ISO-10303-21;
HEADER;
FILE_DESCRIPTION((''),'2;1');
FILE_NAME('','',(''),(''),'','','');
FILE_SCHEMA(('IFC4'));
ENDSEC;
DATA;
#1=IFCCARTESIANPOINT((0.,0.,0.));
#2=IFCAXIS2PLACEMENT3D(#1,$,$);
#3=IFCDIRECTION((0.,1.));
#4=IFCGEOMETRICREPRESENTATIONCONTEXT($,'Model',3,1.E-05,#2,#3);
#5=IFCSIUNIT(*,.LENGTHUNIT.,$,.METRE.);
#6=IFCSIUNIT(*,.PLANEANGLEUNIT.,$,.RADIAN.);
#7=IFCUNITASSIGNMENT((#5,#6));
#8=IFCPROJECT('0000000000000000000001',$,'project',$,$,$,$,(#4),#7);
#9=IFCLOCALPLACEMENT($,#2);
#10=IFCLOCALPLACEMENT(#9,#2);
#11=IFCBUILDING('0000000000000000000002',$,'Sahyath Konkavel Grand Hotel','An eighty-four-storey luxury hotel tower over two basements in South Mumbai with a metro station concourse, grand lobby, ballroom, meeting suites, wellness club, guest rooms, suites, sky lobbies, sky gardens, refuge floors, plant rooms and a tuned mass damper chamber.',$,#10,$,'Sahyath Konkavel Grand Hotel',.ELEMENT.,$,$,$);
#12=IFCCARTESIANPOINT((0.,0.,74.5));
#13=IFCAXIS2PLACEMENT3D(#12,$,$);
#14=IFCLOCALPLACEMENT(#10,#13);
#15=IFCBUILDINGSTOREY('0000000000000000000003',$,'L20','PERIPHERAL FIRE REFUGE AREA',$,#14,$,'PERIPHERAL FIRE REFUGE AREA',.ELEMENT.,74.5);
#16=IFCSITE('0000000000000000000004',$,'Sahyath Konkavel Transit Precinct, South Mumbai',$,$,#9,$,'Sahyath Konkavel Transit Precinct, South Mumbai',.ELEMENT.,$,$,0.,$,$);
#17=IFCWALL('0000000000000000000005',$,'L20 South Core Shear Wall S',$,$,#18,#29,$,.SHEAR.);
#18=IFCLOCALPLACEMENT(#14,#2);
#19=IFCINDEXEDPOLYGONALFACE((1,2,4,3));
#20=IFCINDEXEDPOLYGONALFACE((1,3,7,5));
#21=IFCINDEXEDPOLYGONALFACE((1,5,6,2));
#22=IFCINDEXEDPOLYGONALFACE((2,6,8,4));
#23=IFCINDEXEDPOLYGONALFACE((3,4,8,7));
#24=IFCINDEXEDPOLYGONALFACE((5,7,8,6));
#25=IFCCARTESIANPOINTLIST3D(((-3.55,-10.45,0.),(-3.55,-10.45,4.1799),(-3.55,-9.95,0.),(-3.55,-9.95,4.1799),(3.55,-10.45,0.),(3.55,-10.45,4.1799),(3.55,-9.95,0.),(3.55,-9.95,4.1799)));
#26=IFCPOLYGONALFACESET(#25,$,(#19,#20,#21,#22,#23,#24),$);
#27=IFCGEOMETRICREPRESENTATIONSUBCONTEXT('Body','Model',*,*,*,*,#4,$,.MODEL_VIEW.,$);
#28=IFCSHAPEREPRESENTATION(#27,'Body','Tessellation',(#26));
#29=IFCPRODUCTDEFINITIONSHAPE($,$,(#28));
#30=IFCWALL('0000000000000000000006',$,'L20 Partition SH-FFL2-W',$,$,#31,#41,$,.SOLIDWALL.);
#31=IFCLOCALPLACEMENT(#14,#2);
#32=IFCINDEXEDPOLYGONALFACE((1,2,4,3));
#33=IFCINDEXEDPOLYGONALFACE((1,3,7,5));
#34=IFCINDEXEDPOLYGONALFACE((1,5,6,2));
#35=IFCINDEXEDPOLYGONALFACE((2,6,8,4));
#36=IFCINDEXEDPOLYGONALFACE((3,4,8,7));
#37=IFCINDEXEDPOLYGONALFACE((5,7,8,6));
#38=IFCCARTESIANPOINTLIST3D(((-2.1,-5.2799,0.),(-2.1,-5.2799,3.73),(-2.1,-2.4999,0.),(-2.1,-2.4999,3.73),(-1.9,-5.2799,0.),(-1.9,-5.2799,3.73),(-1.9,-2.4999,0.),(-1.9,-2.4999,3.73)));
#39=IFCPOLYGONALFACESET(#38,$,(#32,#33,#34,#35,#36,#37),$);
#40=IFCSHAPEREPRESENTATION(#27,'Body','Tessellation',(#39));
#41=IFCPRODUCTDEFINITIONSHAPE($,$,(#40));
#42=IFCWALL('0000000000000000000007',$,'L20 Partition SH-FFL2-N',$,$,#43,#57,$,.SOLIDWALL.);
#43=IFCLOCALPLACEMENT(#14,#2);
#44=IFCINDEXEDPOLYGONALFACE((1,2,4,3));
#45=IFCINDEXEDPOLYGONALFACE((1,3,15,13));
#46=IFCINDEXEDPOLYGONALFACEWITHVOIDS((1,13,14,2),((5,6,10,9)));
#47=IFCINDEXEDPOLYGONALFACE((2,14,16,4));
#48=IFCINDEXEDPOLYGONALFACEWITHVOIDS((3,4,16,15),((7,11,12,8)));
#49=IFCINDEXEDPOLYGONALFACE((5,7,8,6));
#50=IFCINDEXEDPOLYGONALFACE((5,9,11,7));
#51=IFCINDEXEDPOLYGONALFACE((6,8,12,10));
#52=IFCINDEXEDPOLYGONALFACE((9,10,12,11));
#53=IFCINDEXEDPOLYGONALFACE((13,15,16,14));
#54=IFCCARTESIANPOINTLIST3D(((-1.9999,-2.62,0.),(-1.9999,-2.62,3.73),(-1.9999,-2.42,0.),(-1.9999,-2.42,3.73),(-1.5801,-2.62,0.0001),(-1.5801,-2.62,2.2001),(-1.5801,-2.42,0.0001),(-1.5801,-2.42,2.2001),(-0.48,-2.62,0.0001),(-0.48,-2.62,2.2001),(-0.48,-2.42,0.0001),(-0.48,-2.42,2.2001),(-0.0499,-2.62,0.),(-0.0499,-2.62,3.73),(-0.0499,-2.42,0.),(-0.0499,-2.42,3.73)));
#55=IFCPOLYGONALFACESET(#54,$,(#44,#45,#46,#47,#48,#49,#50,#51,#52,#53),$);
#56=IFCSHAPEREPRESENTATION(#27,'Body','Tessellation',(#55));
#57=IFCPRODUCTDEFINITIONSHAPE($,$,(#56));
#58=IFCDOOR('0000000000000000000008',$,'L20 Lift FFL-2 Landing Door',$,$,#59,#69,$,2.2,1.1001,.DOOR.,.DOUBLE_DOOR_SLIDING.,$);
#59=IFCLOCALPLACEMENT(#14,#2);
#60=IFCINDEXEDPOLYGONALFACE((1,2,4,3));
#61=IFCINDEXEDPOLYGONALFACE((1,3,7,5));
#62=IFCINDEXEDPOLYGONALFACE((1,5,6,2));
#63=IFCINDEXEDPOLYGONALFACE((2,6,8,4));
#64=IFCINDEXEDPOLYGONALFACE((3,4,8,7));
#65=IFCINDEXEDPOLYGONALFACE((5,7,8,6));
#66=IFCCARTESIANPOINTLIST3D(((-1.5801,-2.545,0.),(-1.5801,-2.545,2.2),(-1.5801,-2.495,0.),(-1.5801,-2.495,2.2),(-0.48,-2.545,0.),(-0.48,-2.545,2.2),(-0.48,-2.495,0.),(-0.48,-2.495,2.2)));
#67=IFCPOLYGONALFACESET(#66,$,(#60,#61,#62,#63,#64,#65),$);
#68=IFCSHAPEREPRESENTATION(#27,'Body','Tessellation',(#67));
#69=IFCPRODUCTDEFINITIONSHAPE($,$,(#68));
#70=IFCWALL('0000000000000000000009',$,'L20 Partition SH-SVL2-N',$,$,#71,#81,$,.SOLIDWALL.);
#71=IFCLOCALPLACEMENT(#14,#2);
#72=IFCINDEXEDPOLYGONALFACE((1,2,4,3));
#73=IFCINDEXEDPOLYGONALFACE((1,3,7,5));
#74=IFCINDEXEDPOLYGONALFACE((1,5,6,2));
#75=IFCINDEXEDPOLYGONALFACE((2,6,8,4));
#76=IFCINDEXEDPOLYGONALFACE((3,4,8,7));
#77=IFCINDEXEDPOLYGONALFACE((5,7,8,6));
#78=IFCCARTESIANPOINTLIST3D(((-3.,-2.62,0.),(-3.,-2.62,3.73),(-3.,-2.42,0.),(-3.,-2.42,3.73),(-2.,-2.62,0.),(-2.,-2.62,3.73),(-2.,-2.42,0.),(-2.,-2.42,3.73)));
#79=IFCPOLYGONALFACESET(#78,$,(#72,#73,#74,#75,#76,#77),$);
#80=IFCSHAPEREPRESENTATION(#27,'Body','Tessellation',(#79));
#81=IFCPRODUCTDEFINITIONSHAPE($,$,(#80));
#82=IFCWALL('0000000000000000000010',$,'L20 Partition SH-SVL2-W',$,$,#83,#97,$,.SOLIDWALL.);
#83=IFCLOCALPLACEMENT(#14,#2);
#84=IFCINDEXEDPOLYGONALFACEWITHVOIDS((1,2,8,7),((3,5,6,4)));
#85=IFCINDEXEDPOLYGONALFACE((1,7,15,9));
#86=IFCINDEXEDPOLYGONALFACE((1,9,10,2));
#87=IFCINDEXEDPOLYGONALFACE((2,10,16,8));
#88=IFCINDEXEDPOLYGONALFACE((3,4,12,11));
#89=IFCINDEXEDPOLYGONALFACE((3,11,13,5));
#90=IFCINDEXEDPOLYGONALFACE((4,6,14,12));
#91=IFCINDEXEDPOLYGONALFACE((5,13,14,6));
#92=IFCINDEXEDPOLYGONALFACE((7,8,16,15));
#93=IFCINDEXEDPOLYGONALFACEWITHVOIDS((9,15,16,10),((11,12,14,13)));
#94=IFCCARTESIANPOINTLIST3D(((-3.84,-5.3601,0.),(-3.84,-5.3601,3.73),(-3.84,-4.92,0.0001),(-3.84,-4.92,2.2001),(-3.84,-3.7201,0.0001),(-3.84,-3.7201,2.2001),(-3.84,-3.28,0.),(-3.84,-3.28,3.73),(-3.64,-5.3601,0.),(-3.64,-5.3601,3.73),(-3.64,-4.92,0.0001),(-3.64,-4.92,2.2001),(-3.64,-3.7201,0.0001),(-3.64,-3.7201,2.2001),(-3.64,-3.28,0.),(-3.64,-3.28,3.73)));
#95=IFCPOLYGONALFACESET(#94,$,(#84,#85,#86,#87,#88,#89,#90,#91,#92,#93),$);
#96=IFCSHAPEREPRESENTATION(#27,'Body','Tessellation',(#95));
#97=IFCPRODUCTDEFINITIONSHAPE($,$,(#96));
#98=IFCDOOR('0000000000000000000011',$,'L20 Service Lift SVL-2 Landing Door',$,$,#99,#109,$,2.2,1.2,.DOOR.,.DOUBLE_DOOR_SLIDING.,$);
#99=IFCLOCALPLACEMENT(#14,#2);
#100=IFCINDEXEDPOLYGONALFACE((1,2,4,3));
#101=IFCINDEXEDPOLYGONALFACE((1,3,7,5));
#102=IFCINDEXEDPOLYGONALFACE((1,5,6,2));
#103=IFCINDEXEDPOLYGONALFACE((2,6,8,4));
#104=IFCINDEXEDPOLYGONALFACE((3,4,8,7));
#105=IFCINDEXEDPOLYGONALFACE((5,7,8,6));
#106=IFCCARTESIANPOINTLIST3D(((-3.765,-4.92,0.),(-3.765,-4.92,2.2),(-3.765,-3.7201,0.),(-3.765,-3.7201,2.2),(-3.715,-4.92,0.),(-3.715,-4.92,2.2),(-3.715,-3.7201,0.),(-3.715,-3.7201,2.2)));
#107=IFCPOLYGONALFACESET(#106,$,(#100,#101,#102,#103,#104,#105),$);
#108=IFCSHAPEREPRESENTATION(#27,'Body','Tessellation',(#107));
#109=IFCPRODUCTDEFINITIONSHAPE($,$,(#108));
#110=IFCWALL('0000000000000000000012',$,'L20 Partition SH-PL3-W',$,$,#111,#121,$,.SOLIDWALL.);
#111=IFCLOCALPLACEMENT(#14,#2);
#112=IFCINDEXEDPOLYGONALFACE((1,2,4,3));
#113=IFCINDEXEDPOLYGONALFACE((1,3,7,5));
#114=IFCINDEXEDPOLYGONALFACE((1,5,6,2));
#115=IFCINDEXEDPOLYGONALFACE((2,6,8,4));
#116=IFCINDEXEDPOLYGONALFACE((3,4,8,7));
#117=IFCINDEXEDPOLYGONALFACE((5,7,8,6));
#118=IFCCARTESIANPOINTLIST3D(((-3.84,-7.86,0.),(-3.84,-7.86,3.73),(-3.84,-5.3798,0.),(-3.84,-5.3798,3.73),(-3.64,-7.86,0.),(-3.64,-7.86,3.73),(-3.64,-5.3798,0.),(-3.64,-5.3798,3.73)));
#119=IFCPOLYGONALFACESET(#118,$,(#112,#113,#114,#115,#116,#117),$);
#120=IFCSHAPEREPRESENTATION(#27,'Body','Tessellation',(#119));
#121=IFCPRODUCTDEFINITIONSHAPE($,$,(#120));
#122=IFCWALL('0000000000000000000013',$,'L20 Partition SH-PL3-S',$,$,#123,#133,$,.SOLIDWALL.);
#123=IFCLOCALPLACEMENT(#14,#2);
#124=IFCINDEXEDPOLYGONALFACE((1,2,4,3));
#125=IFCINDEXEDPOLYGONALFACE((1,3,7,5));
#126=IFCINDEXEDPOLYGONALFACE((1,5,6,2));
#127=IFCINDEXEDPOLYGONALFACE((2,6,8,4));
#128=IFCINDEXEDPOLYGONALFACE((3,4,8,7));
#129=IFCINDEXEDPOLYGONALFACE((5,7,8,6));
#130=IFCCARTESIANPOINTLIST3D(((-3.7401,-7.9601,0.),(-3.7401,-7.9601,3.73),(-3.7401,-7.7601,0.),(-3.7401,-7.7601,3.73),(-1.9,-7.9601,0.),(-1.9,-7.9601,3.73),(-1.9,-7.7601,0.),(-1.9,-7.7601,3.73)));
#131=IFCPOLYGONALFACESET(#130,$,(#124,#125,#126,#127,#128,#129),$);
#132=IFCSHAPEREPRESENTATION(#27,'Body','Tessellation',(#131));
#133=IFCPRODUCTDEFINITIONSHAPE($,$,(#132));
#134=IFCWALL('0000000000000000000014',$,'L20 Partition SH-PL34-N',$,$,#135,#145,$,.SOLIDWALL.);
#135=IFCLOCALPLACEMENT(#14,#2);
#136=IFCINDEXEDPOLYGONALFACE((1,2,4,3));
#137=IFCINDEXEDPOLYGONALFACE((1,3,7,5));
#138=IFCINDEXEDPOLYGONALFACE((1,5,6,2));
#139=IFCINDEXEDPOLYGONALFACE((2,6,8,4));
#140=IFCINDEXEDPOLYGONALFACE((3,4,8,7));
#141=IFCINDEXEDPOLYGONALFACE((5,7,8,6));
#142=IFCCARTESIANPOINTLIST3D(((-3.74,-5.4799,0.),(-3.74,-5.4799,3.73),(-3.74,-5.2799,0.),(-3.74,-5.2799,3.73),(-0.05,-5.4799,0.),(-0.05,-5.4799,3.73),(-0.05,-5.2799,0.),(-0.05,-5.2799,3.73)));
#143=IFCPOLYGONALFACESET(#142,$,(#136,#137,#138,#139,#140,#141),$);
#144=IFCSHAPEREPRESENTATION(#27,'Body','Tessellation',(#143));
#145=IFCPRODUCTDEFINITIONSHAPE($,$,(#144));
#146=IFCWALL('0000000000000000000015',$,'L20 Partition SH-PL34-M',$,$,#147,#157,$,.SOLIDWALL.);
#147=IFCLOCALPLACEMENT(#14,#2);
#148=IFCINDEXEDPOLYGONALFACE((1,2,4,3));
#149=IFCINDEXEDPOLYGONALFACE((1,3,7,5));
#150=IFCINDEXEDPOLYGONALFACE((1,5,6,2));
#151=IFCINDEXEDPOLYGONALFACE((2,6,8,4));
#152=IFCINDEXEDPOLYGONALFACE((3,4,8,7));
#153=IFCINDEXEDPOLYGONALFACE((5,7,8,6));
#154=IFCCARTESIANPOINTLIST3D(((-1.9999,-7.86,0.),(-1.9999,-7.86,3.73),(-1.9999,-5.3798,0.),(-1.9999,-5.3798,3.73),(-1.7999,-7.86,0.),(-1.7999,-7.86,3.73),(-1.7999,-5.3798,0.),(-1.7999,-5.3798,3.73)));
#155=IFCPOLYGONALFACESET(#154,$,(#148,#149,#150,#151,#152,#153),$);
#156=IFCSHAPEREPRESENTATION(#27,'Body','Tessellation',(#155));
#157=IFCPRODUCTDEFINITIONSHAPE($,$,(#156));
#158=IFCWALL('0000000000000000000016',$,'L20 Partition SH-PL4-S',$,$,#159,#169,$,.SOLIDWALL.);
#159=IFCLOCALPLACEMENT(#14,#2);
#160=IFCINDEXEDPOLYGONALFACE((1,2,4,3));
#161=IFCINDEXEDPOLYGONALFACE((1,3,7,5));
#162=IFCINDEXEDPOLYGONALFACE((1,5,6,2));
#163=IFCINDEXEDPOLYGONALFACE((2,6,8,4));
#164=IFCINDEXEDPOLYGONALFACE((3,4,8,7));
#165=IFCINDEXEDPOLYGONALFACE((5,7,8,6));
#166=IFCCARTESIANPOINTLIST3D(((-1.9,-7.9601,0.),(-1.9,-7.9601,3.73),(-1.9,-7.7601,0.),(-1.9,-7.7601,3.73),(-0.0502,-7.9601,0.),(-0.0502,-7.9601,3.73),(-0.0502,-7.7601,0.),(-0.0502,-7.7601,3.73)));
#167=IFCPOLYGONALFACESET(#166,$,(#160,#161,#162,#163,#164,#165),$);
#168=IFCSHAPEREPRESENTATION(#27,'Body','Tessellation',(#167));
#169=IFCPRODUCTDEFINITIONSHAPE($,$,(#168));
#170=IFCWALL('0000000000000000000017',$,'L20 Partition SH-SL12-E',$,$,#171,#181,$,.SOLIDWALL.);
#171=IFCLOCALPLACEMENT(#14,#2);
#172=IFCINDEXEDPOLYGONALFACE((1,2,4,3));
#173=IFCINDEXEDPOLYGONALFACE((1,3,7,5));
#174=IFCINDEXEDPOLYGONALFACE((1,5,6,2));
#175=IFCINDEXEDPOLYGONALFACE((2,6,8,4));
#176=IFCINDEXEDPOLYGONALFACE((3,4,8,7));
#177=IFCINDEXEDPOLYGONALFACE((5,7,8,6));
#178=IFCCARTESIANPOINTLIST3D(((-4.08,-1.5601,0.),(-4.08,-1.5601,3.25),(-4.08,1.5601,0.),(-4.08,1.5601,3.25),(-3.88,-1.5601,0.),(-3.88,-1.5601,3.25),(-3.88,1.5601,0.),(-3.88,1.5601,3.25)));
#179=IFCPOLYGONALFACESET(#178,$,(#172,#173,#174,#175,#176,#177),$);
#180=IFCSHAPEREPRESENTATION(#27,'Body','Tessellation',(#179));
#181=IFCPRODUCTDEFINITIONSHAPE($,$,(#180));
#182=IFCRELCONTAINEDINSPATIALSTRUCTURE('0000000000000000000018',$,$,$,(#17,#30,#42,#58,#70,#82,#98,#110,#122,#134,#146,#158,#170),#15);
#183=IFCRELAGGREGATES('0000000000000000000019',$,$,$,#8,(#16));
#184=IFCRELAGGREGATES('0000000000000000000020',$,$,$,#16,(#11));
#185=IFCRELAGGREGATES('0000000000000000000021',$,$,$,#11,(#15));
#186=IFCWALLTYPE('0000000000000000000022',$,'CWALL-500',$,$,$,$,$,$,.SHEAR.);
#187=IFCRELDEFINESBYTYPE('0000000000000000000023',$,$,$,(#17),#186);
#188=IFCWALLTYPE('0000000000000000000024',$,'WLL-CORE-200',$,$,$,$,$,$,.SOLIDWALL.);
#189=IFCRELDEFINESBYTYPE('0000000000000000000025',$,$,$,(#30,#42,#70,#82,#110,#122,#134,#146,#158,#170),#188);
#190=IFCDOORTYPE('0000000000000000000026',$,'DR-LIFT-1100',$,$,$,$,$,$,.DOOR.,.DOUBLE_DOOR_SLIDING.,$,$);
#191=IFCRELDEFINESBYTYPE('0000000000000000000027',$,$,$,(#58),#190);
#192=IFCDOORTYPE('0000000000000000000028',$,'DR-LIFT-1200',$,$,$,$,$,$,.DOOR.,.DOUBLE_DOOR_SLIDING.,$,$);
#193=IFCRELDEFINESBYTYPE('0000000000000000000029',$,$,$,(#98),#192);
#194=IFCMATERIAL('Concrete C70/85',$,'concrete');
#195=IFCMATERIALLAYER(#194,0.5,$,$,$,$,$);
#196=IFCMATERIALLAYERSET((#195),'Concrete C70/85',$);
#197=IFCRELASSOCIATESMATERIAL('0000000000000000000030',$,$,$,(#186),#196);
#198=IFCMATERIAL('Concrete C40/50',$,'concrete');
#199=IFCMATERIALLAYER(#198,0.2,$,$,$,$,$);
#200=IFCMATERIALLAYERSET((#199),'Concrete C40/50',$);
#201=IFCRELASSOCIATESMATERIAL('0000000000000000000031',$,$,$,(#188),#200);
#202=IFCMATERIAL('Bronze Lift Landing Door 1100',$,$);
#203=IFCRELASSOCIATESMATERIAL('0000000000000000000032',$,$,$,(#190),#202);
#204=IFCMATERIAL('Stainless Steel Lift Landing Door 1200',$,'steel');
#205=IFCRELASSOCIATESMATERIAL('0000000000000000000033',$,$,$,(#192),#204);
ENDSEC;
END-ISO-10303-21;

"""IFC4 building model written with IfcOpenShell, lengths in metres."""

from ifc_helpers import new_model, si_unit, direction, frame, frame_2d, origin, origin_2d, place, context, subcontext, project, spatial, rectangle, extrude, source, transform, mapped, material, layer, layer_set, type_object, element, fill, save


model = new_model("IFC4")

# Units and contexts
model_context = context("Model", 3, precision=1e-05, world=origin(), true_north=direction((0.0, 1.0)))
body_context = subcontext(model_context, "Body", "Model", "MODEL_VIEW")
ifc_project = project(units=[si_unit("LENGTHUNIT", "METRE"), si_unit("PLANEANGLEUNIT", "RADIAN")], contexts=[model_context])

# Site, building, storey
site_placement = place(None, origin())
site = spatial("IfcSite", under=ifc_project, at=site_placement, Name="Sahyath Konkavel Transit Precinct, South Mumbai", LongName="Sahyath Konkavel Transit Precinct, South Mumbai", CompositionType="ELEMENT", RefElevation=0.0)
building_placement = place(site_placement, origin())
building = spatial("IfcBuilding", under=site, at=building_placement, Name="Sahyath Konkavel Grand Hotel", Description="An eighty-four-storey luxury hotel tower over two basements in South Mumbai with a metro station concourse, grand lobby, ballroom, meeting suites, wellness club, guest rooms, suites, sky lobbies, sky gardens, refuge floors, plant rooms and a tuned mass damper chamber.", LongName="Sahyath Konkavel Grand Hotel", CompositionType="ELEMENT")
storey_placement = place(building_placement, frame((0.0, 0.0, 74.5)))
storey = spatial("IfcBuildingStorey", under=building, at=storey_placement, Name="L20", Description="PERIPHERAL FIRE REFUGE AREA", LongName="PERIPHERAL FIRE REFUGE AREA", CompositionType="ELEMENT", Elevation=74.5)

# Shared definitions
ifc_material_1 = material(Name="Concrete C70/85", Category="concrete")

# Walls
ifc_layer_1 = layer(ifc_material_1, 0.5)
ifc_layer_set_1 = layer_set([ifc_layer_1], Name="Concrete C70/85")
wall_type_1 = type_object("IfcWallType", Name="CWALL-500", PredefinedType="SHEAR", material=ifc_layer_set_1)
wall_1_placement = place(storey_placement, frame((-3.55, -10.2, 0.0), z_axis=(0.0, 0.0, 1.0), x_axis=(1.0, 0.0, 0.0)))
element("IfcWall", 1, at=wall_1_placement, inside=storey, type_object=wall_type_1, Name="L20 South Core Shear Wall S", PredefinedType="SHEAR", context=body_context, shape_type="SweptSolid", body=[
    extrude(rectangle(XDim=7.1001, YDim=0.5, at=frame_2d((3.55, 0.0))), origin(), (0.0, 0.0, 1.0), 4.1799),
])
ifc_material_2 = material(Name="Concrete C40/50", Category="concrete")
ifc_layer_2 = layer(ifc_material_2, 0.2)
ifc_layer_set_2 = layer_set([ifc_layer_2], Name="Concrete C40/50")
wall_type_2 = type_object("IfcWallType", Name="WLL-CORE-200", PredefinedType="SOLIDWALL", material=ifc_layer_set_2)
wall_2_placement = place(storey_placement, frame((-2.0, -5.28, 0.0), z_axis=(0.0, 0.0, 1.0), x_axis=(0.0, 1.0, 0.0)))
element("IfcWall", 2, at=wall_2_placement, inside=storey, type_object=wall_type_2, Name="L20 Partition SH-FFL2-W", PredefinedType="SOLIDWALL", context=body_context, shape_type="SweptSolid", body=[
    extrude(rectangle(XDim=2.78, YDim=0.2, at=frame_2d((1.3901, 0.0))), origin(), (0.0, 0.0, 1.0), 3.73),
])

# Wall, opening, door
wall_3_placement = place(storey_placement, frame((-2.0, -2.52, 0.0), z_axis=(0.0, 0.0, 1.0), x_axis=(1.0, 0.0, 0.0)))
wall_3 = element("IfcWall", 3, at=wall_3_placement, inside=storey, type_object=wall_type_2, Name="L20 Partition SH-FFL2-N", PredefinedType="SOLIDWALL", context=body_context, shape_type="SweptSolid", body=[
    extrude(rectangle(XDim=1.95, YDim=0.2, at=frame_2d((0.9751, 0.0))), origin(), (0.0, 0.0, 1.0), 3.73),
])
opening_1_placement = place(wall_3_placement, frame((0.4199, 0.0, 0.0)))
opening_1 = element("IfcOpeningElement", 4, at=opening_1_placement, cuts=wall_3, PredefinedType="OPENING", context=body_context, shape_type="SweptSolid", body=[
    extrude(rectangle(XDim=1.1001, YDim=2.2, at=frame_2d((0.55, 1.1001))), frame((0.0, 0.1099, 0.0), z_axis=(0.0, -1.0, 0.0), x_axis=(1.0, 0.0, 0.0)), (0.0, 0.0, 1.0), 0.22),
])
ifc_material_3 = material(Name="Bronze Lift Landing Door 1100")
door_type_1 = type_object("IfcDoorType", Name="DR-LIFT-1100", OperationType="DOUBLE_DOOR_SLIDING", PredefinedType="DOOR", material=ifc_material_3)
shared_shape_1 = source(origin(), body_context, "Body", "SweptSolid", [
    extrude(rectangle(XDim=1.1001, YDim=0.05, at=origin_2d()), origin(), (0.0, 0.0, 1.0), 2.2),
])
door_1_placement = place(opening_1_placement, frame((0.55, 0.0, 0.0)))
door_1 = element("IfcDoor", 5, at=door_1_placement, inside=storey, type_object=door_type_1, Name="L20 Lift FFL-2 Landing Door", OperationType="DOUBLE_DOOR_SLIDING", OverallHeight=2.2, OverallWidth=1.1001, PredefinedType="DOOR", context=body_context, shape_type="MappedRepresentation", body=[
    mapped(shared_shape_1, transform((0.0, 0.0, 0.0), scale=1.0)),
])
fill(opening_1, door_1)

# Wall
wall_4_placement = place(storey_placement, frame((-3.0, -2.52, 0.0), z_axis=(0.0, 0.0, 1.0), x_axis=(1.0, 0.0, 0.0)))
element("IfcWall", 6, at=wall_4_placement, inside=storey, type_object=wall_type_2, Name="L20 Partition SH-SVL2-N", PredefinedType="SOLIDWALL", context=body_context, shape_type="SweptSolid", body=[
    extrude(rectangle(XDim=1.0, YDim=0.2, at=frame_2d((0.5, 0.0))), origin(), (0.0, 0.0, 1.0), 3.73),
])

# Wall, opening, door
wall_5_placement = place(storey_placement, frame((-3.74, -5.3601, 0.0), z_axis=(0.0, 0.0, 1.0), x_axis=(0.0, 1.0, 0.0)))
wall_5 = element("IfcWall", 7, at=wall_5_placement, inside=storey, type_object=wall_type_2, Name="L20 Partition SH-SVL2-W", PredefinedType="SOLIDWALL", context=body_context, shape_type="SweptSolid", body=[
    extrude(rectangle(XDim=2.0801, YDim=0.2, at=frame_2d((1.04, 0.0))), origin(), (0.0, 0.0, 1.0), 3.73),
])
opening_2_placement = place(wall_5_placement, frame((0.4399, 0.0, 0.0)))
opening_2 = element("IfcOpeningElement", 8, at=opening_2_placement, cuts=wall_5, PredefinedType="OPENING", context=body_context, shape_type="SweptSolid", body=[
    extrude(rectangle(XDim=1.2, YDim=2.2, at=frame_2d((0.6001, 1.1001))), frame((0.0, 0.1099, 0.0), z_axis=(0.0, -1.0, 0.0), x_axis=(1.0, 0.0, 0.0)), (0.0, 0.0, 1.0), 0.22),
])
ifc_material_4 = material(Name="Stainless Steel Lift Landing Door 1200", Category="steel")
door_type_2 = type_object("IfcDoorType", Name="DR-LIFT-1200", OperationType="DOUBLE_DOOR_SLIDING", PredefinedType="DOOR", material=ifc_material_4)
shared_shape_2 = source(origin(), body_context, "Body", "SweptSolid", [
    extrude(rectangle(XDim=1.2, YDim=0.05, at=origin_2d()), origin(), (0.0, 0.0, 1.0), 2.2),
])
door_2_placement = place(opening_2_placement, frame((0.6001, 0.0, 0.0)))
door_2 = element("IfcDoor", 9, at=door_2_placement, inside=storey, type_object=door_type_2, Name="L20 Service Lift SVL-2 Landing Door", OperationType="DOUBLE_DOOR_SLIDING", OverallHeight=2.2, OverallWidth=1.2, PredefinedType="DOOR", context=body_context, shape_type="MappedRepresentation", body=[
    mapped(shared_shape_2, transform((0.0, 0.0, 0.0), scale=1.0)),
])
fill(opening_2, door_2)

# Walls
wall_6_placement = place(storey_placement, frame((-3.74, -7.8601, 0.0), z_axis=(0.0, 0.0, 1.0), x_axis=(0.0, 1.0, 0.0)))
element("IfcWall", 10, at=wall_6_placement, inside=storey, type_object=wall_type_2, Name="L20 Partition SH-PL3-W", PredefinedType="SOLIDWALL", context=body_context, shape_type="SweptSolid", body=[
    extrude(rectangle(XDim=2.4802, YDim=0.2, at=frame_2d((1.2402, 0.0))), origin(), (0.0, 0.0, 1.0), 3.73),
])
wall_7_placement = place(storey_placement, frame((-3.74, -7.8601, 0.0), z_axis=(0.0, 0.0, 1.0), x_axis=(1.0, 0.0, 0.0)))
element("IfcWall", 11, at=wall_7_placement, inside=storey, type_object=wall_type_2, Name="L20 Partition SH-PL3-S", PredefinedType="SOLIDWALL", context=body_context, shape_type="SweptSolid", body=[
    extrude(rectangle(XDim=1.8401, YDim=0.2, at=frame_2d((0.9199, 0.0))), origin(), (0.0, 0.0, 1.0), 3.73),
])
wall_8_placement = place(storey_placement, frame((-3.74, -5.3799, 0.0), z_axis=(0.0, 0.0, 1.0), x_axis=(1.0, 0.0, 0.0)))
element("IfcWall", 12, at=wall_8_placement, inside=storey, type_object=wall_type_2, Name="L20 Partition SH-PL34-N", PredefinedType="SOLIDWALL", context=body_context, shape_type="SweptSolid", body=[
    extrude(rectangle(XDim=3.6899, YDim=0.2, at=frame_2d((1.845, 0.0))), origin(), (0.0, 0.0, 1.0), 3.73),
])
wall_9_placement = place(storey_placement, frame((-1.8999, -7.8601, 0.0), z_axis=(0.0, 0.0, 1.0), x_axis=(0.0, 1.0, 0.0)))
element("IfcWall", 13, at=wall_9_placement, inside=storey, type_object=wall_type_2, Name="L20 Partition SH-PL34-M", PredefinedType="SOLIDWALL", context=body_context, shape_type="SweptSolid", body=[
    extrude(rectangle(XDim=2.4802, YDim=0.2, at=frame_2d((1.2402, 0.0))), origin(), (0.0, 0.0, 1.0), 3.73),
])
wall_10_placement = place(storey_placement, frame((-1.8999, -7.8601, 0.0), z_axis=(0.0, 0.0, 1.0), x_axis=(1.0, 0.0, 0.0)))
element("IfcWall", 14, at=wall_10_placement, inside=storey, type_object=wall_type_2, Name="L20 Partition SH-PL4-S", PredefinedType="SOLIDWALL", context=body_context, shape_type="SweptSolid", body=[
    extrude(rectangle(XDim=1.8499, YDim=0.2, at=frame_2d((0.9248, 0.0))), origin(), (0.0, 0.0, 1.0), 3.73),
])
wall_11_placement = place(storey_placement, frame((-3.98, -1.5601, 0.0), z_axis=(0.0, 0.0, 1.0), x_axis=(0.0, 1.0, 0.0)))
element("IfcWall", 15, at=wall_11_placement, inside=storey, type_object=wall_type_2, Name="L20 Partition SH-SL12-E", PredefinedType="SOLIDWALL", context=body_context, shape_type="SweptSolid", body=[
    extrude(rectangle(XDim=3.1201, YDim=0.2, at=frame_2d((1.5601, 0.0))), origin(), (0.0, 0.0, 1.0), 3.25),
])

save(model, "model.ifc")
